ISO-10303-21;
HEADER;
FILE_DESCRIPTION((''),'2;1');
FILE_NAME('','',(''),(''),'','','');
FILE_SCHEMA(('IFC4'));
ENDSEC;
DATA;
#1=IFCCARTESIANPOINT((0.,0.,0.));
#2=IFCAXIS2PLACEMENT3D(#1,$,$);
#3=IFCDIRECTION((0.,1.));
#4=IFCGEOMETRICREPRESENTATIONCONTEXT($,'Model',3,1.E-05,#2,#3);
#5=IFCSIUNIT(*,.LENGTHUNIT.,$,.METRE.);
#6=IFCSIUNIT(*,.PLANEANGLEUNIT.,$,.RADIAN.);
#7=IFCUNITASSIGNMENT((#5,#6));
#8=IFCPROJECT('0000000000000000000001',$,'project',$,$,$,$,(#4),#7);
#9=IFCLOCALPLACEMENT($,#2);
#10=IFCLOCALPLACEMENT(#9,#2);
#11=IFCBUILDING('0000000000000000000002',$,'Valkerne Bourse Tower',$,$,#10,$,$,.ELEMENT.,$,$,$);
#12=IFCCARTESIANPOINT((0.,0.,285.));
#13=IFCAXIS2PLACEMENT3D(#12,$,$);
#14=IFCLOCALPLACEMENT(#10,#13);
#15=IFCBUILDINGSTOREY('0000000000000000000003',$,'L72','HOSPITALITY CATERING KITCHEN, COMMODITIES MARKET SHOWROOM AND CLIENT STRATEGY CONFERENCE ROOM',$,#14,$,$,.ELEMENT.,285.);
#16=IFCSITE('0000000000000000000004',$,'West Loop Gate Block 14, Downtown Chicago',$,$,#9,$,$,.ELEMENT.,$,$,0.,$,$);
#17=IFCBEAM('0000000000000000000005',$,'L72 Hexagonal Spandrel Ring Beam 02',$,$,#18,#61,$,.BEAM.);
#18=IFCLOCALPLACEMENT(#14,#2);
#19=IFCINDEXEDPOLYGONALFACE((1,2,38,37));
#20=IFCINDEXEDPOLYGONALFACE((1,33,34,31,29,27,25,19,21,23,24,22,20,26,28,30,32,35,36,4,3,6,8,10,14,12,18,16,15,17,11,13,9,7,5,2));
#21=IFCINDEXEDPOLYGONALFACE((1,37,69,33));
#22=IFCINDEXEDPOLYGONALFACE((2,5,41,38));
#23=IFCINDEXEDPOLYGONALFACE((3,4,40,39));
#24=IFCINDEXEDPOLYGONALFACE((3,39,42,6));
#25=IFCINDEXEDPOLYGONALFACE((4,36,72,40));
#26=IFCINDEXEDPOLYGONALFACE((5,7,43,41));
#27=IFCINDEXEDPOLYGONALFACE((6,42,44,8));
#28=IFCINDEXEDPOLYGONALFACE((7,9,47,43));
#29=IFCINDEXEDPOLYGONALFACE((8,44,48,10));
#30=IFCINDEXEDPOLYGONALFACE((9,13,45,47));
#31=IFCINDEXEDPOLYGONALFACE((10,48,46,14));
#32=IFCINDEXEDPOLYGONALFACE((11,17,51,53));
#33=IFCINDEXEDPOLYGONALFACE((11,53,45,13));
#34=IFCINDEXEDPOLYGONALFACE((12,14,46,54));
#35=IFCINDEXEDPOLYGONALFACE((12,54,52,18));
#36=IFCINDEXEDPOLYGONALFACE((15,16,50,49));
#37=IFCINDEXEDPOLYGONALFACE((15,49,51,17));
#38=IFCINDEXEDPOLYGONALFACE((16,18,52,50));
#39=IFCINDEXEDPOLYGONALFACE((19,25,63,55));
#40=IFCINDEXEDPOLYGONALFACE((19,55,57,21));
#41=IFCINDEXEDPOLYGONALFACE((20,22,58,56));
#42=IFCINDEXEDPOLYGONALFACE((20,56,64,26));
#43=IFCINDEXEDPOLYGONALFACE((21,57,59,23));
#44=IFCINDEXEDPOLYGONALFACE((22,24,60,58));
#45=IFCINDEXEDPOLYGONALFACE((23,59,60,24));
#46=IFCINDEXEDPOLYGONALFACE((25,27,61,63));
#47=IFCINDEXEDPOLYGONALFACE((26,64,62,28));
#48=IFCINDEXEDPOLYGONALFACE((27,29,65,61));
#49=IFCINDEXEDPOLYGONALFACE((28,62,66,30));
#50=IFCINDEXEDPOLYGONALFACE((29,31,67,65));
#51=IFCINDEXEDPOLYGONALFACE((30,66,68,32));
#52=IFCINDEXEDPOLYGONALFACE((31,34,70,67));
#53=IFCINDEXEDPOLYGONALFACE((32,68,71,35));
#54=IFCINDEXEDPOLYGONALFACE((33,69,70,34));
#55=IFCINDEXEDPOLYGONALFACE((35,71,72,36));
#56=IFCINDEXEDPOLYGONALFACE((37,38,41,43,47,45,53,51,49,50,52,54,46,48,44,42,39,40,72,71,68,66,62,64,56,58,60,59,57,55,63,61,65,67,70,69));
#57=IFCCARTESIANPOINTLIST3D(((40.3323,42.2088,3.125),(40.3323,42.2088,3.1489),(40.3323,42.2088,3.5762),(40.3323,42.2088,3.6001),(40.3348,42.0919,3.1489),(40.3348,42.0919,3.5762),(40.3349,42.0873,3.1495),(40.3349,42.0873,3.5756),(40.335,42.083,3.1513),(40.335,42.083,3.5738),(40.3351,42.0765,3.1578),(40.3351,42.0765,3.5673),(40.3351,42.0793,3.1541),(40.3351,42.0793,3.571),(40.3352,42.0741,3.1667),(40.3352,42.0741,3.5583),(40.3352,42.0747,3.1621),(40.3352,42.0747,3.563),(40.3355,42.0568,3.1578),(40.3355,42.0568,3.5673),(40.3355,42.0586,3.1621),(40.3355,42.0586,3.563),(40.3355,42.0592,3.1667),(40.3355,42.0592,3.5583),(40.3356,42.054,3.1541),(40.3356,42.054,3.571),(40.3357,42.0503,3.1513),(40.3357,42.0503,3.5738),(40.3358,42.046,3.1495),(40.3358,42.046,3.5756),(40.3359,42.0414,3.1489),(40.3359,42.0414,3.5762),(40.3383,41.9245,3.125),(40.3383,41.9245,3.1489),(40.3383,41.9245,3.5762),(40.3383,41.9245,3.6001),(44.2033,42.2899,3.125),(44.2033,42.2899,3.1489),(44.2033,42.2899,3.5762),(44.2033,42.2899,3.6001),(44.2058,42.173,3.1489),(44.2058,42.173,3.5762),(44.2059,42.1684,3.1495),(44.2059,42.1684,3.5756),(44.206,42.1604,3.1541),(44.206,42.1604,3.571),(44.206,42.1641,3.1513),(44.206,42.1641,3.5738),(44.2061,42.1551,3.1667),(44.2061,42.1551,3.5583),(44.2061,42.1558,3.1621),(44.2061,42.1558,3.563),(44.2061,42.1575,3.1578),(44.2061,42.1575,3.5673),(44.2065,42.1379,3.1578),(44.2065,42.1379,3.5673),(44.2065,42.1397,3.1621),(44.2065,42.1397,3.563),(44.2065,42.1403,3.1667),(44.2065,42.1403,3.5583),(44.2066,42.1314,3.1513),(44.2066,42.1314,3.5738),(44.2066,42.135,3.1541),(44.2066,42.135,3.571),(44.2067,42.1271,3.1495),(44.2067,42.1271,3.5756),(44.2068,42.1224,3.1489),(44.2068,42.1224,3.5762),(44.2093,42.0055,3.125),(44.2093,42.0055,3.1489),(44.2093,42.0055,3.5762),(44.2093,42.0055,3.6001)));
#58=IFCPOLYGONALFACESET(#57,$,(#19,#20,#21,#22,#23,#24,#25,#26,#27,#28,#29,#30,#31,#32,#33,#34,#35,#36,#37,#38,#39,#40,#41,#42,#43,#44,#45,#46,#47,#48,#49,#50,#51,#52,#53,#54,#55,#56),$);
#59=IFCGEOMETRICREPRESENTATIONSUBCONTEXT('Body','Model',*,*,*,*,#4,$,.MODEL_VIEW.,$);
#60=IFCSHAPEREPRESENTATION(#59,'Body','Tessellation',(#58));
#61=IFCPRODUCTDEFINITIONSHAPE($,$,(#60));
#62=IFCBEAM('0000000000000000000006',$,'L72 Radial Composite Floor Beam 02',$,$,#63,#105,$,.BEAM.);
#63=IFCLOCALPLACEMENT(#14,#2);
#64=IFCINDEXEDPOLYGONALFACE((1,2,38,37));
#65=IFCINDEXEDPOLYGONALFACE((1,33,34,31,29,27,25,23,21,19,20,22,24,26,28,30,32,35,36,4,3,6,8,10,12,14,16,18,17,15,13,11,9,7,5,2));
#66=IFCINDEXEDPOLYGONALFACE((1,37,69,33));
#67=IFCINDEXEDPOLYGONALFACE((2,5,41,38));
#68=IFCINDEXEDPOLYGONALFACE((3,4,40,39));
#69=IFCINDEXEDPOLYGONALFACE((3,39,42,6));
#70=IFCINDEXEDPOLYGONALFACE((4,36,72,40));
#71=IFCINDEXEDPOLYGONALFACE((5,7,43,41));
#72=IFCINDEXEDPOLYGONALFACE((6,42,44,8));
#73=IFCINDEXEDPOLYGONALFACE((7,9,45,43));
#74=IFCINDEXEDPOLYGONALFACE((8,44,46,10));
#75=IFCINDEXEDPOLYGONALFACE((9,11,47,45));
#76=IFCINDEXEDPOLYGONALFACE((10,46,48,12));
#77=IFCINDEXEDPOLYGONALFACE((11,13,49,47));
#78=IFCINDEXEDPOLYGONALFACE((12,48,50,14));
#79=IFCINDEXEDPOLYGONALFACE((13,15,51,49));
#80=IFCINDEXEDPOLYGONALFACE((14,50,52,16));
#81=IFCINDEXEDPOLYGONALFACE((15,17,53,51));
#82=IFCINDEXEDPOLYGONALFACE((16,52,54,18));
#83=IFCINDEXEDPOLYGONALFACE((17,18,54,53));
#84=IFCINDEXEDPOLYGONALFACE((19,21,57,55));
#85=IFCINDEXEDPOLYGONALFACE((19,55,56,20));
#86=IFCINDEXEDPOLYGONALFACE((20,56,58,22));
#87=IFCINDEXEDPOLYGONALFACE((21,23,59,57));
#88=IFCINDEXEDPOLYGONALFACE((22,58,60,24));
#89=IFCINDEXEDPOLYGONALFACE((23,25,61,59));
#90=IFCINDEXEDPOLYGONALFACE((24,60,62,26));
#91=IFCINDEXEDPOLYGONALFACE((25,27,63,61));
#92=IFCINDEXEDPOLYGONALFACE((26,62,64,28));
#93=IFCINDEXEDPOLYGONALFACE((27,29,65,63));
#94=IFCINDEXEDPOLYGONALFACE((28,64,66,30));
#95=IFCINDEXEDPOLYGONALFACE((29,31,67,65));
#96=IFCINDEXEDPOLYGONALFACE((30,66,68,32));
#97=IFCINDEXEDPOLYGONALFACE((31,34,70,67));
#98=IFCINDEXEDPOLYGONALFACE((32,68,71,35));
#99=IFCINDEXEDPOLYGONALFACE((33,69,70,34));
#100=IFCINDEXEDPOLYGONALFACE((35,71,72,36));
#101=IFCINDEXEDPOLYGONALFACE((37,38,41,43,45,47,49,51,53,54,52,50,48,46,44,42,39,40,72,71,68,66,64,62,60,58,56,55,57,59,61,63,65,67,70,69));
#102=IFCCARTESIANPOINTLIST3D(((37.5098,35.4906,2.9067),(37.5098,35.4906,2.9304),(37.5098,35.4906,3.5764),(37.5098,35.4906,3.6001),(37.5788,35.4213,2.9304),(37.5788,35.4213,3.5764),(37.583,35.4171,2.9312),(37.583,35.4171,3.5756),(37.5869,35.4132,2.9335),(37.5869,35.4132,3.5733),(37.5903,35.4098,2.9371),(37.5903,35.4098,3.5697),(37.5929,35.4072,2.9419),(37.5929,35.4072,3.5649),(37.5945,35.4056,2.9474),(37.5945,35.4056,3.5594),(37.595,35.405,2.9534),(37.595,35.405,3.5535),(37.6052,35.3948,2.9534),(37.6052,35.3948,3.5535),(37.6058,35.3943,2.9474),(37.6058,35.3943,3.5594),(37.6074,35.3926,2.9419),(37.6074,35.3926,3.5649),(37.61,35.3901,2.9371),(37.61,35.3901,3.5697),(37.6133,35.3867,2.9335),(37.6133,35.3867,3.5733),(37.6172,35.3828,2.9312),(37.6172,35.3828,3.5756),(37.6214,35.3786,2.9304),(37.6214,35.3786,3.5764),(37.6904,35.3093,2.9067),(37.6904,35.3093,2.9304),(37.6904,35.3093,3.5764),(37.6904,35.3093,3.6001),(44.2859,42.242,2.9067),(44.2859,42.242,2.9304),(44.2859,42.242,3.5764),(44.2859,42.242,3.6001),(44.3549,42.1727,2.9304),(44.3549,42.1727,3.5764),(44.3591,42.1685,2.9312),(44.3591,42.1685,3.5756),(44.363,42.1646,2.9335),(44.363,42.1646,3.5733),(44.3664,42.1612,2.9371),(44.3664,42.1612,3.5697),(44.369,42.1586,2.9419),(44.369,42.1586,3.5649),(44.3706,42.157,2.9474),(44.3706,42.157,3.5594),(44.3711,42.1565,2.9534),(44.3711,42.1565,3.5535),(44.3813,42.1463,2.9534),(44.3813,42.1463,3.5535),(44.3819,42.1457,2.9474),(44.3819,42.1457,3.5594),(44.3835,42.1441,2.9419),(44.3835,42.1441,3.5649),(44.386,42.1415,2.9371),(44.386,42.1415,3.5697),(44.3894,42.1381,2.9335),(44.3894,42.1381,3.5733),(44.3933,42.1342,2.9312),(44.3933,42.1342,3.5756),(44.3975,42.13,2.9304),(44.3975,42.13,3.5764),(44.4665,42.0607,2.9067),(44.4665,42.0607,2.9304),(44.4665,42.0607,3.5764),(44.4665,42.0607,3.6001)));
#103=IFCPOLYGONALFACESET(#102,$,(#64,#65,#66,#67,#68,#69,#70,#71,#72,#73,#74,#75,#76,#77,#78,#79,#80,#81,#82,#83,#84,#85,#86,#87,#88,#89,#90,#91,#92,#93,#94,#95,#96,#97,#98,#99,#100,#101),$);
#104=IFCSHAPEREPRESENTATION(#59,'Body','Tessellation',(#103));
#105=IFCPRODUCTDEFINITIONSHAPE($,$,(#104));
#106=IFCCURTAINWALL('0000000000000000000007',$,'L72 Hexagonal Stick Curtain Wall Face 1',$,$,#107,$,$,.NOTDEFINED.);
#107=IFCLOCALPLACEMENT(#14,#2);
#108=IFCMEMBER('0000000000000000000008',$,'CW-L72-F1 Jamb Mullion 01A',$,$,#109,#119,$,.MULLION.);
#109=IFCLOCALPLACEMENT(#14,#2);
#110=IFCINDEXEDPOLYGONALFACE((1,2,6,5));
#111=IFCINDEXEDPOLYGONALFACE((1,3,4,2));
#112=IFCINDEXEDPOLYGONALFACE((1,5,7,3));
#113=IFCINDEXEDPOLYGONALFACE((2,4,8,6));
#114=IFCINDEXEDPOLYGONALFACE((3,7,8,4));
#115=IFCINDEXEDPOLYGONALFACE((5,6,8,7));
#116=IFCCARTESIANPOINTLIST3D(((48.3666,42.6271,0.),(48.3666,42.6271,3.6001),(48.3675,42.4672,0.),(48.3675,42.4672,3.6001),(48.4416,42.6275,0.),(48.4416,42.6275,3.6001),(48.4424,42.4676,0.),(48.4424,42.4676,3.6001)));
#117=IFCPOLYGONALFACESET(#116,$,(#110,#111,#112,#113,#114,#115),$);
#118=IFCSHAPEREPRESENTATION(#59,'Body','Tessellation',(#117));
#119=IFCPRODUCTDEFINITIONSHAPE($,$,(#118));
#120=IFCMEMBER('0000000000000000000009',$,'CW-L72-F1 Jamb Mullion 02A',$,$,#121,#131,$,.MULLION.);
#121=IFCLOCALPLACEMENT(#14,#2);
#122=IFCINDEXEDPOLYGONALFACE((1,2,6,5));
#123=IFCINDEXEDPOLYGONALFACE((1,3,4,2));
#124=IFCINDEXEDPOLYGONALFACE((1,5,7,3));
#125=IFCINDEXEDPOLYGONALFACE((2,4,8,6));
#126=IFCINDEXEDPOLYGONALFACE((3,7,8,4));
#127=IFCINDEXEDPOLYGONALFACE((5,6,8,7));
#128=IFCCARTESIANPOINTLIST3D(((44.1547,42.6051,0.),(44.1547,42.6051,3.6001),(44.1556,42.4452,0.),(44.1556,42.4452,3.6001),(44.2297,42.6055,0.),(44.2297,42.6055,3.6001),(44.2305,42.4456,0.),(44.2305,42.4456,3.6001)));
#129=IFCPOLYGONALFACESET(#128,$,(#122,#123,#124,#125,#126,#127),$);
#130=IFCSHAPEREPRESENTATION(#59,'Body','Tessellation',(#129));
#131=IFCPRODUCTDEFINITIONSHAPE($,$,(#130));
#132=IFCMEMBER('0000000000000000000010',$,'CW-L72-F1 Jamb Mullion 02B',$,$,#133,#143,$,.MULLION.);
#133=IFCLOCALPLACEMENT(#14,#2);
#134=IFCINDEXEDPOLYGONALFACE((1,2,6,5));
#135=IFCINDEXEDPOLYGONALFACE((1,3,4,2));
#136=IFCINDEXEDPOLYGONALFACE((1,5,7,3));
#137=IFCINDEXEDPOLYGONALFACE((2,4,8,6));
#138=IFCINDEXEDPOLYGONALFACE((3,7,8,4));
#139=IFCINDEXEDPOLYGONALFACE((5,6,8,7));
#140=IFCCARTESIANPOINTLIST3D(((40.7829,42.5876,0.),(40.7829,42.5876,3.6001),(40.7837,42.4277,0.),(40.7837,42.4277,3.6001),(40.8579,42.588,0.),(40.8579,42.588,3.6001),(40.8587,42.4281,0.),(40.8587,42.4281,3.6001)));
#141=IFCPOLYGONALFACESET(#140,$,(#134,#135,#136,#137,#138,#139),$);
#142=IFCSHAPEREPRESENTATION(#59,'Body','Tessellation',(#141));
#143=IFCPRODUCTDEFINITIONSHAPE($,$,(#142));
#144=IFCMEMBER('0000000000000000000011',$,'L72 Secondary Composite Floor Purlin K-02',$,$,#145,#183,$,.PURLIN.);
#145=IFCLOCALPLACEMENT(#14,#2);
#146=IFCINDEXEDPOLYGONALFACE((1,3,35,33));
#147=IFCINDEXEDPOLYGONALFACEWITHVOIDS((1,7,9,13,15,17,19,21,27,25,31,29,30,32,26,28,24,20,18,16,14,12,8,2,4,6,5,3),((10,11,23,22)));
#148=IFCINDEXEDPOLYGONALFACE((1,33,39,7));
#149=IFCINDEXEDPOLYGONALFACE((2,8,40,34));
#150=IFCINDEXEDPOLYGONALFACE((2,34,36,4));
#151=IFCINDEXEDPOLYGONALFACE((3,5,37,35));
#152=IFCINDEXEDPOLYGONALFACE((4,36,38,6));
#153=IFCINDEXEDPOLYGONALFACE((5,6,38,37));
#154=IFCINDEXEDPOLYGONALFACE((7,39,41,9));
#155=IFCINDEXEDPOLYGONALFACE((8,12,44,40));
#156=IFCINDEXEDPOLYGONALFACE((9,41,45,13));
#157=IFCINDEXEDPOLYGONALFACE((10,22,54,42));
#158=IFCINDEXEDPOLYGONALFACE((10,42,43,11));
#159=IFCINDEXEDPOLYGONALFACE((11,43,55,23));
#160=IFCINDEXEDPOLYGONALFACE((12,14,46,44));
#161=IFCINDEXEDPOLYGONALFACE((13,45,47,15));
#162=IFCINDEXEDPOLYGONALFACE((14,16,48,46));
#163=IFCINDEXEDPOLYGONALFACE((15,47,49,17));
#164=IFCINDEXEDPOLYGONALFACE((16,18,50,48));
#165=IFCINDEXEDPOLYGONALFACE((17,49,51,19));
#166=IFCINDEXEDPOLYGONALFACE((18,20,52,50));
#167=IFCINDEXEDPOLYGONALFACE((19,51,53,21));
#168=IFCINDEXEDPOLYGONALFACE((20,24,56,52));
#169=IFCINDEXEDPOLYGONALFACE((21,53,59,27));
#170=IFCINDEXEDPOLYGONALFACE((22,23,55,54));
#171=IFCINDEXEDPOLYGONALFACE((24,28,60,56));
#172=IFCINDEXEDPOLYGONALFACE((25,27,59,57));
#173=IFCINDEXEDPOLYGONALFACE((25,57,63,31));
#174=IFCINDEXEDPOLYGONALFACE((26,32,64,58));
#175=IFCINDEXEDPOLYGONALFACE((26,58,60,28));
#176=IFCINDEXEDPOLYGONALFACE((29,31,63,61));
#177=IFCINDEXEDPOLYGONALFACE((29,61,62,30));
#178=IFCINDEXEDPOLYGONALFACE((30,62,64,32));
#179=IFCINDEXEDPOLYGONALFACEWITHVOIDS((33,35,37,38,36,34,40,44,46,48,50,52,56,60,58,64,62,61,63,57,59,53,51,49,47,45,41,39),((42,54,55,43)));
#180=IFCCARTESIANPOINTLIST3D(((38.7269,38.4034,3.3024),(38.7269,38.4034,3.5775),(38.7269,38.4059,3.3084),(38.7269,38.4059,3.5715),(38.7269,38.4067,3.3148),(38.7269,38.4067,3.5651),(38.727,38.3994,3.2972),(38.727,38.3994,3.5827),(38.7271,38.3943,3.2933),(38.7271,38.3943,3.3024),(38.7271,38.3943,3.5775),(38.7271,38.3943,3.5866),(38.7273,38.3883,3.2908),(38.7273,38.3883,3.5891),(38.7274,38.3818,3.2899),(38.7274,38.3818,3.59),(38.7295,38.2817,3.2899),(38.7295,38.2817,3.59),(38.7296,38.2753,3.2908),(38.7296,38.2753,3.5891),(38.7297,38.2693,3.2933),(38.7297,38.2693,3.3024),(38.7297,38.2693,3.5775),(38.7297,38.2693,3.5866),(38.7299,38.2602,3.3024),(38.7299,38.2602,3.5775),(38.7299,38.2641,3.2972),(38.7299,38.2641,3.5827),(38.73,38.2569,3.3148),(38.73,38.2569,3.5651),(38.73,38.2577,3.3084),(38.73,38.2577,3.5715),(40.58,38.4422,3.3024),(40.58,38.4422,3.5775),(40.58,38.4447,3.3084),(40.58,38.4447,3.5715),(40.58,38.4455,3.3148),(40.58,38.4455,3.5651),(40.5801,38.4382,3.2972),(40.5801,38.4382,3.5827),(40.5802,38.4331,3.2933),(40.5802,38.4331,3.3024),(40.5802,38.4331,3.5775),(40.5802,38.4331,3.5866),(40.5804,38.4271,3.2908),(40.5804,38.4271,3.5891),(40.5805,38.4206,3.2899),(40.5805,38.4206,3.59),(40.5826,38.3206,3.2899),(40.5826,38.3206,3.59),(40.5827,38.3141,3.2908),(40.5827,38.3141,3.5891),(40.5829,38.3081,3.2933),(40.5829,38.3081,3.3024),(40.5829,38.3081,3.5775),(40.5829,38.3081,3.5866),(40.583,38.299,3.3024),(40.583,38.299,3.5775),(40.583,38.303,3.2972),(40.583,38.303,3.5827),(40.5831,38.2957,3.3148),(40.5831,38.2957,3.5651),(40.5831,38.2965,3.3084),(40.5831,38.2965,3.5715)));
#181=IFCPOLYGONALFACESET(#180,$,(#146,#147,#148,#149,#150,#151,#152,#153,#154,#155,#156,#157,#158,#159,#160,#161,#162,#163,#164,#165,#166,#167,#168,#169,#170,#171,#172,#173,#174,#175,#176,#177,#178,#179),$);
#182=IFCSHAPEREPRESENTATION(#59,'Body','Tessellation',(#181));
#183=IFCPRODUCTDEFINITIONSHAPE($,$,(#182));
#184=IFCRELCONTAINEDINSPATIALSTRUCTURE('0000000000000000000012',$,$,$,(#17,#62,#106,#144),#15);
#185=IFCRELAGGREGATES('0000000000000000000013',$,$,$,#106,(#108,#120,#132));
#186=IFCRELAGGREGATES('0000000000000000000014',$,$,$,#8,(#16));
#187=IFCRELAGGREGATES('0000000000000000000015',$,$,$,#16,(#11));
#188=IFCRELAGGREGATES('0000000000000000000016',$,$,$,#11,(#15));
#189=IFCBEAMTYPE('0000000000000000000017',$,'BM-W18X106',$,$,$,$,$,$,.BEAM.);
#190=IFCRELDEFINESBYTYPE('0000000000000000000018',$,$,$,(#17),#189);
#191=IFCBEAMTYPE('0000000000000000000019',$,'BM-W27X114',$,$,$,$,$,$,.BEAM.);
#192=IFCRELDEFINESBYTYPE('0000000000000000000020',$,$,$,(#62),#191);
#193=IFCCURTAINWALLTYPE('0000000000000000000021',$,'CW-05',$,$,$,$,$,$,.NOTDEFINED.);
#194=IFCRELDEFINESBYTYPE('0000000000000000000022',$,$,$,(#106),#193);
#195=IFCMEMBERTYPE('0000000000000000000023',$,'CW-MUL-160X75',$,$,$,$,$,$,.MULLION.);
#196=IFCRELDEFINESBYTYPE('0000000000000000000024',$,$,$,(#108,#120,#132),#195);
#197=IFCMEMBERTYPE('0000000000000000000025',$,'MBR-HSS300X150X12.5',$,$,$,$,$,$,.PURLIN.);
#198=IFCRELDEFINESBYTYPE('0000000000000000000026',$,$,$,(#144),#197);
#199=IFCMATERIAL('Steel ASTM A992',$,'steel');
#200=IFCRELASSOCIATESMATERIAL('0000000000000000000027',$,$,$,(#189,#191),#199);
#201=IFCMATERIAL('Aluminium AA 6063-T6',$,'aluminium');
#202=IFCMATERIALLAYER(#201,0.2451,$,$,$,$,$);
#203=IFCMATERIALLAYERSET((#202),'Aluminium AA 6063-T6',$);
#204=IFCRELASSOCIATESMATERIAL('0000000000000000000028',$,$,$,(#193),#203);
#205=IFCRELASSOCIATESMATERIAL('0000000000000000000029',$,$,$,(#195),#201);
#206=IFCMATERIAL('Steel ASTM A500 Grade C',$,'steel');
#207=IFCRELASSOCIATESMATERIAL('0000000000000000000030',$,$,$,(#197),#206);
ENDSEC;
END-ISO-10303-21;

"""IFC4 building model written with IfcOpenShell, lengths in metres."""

from ifc_helpers import new_model, si_unit, direction, frame, origin, origin_2d, place, context, subcontext, project, spatial, rectangle, hollow_rectangle, i_section, extrude, material, layer, layer_set, material_profile, profile_set, type_object, element, aggregate, save


model = new_model("IFC4")

# Units and contexts
model_context = context("Model", 3, precision=1e-05, world=origin(), true_north=direction((0.0, 1.0)))
body_context = subcontext(model_context, "Body", "Model", "MODEL_VIEW")
ifc_project = project(units=[si_unit("LENGTHUNIT", "METRE"), si_unit("PLANEANGLEUNIT", "RADIAN")], contexts=[model_context])

# Site, building, storey
site_placement = place(None, origin())
site = spatial("IfcSite", under=ifc_project, at=site_placement, Name="West Loop Gate Block 14, Downtown Chicago", CompositionType="ELEMENT", RefElevation=0.0)
building_placement = place(site_placement, origin())
building = spatial("IfcBuilding", under=site, at=building_placement, Name="Valkerne Bourse Tower", CompositionType="ELEMENT")
storey_placement = place(building_placement, frame((0.0, 0.0, 285.0)))
storey = spatial("IfcBuildingStorey", under=building, at=storey_placement, Name="L72", Description="HOSPITALITY CATERING KITCHEN, COMMODITIES MARKET SHOWROOM AND CLIENT STRATEGY CONFERENCE ROOM", CompositionType="ELEMENT", Elevation=285.0)

# Beams
ifc_material_1 = material(Name="Steel ASTM A992", Category="steel")
ifc_material_profile_1 = material_profile(ifc_material_1, i_section(OverallWidth=0.2844, OverallDepth=0.4751, WebThickness=0.0149, FlangeThickness=0.0239, FilletRadius=0.0178, at=origin_2d()), Name="W18X106")
ifc_profile_set_1 = profile_set([ifc_material_profile_1], Name="Steel ASTM A992")
beam_type_1 = type_object("IfcBeamType", Name="BM-W18X106", PredefinedType="BEAM", material=ifc_profile_set_1)
for number, where, z_axis, x_axis, name in (
    (1, (44.2063, 42.1477, 3.3625), (-0.999781, -0.020934, 0.0), (0.020934, -0.999781, 0.0), "L72 Hexagonal Spandrel Ring Beam 02"),
):
    element("IfcBeam", number, at=place(storey_placement, frame(where, z_axis=z_axis, x_axis=x_axis)), inside=storey, type_object=beam_type_1, Name=name, PredefinedType="BEAM", context=body_context, shape_type="SweptSolid", body=[
        extrude(i_section(OverallWidth=0.2844, OverallDepth=0.4751, WebThickness=0.0149, FlangeThickness=0.0239, FilletRadius=0.0178, at=origin_2d()), origin(), (0.0, 0.0, 1.0), 3.8718),
    ])
ifc_material_profile_2 = material_profile(ifc_material_1, i_section(OverallWidth=0.2559, OverallDepth=0.6934, WebThickness=0.0144, FlangeThickness=0.0237, FilletRadius=0.0229, at=origin_2d()), Name="W27X114")
ifc_profile_set_2 = profile_set([ifc_material_profile_2], Name="Steel ASTM A992")
beam_type_2 = type_object("IfcBeamType", Name="BM-W27X114", PredefinedType="BEAM", material=ifc_profile_set_2)
beam_placement = place(storey_placement, frame((44.3762, 42.1514, 3.2534), z_axis=(-0.708395, -0.705817, 0.0), x_axis=(0.705817, -0.708395, 0.0)))
element("IfcBeam", 2, at=beam_placement, inside=storey, type_object=beam_type_2, Name="L72 Radial Composite Floor Beam 02", PredefinedType="BEAM", context=body_context, shape_type="SweptSolid", body=[
    extrude(i_section(OverallWidth=0.2559, OverallDepth=0.6934, WebThickness=0.0144, FlangeThickness=0.0237, FilletRadius=0.0229, at=origin_2d()), origin(), (0.0, 0.0, 1.0), 9.5654),
])

# Curtain wall, members
ifc_material_2 = material(Name="Aluminium AA 6063-T6", Category="aluminium")
ifc_layer_1 = layer(ifc_material_2, 0.2451)
ifc_layer_set_1 = layer_set([ifc_layer_1], Name="Aluminium AA 6063-T6")
curtain_wall_type = type_object("IfcCurtainWallType", Name="CW-05", PredefinedType="NOTDEFINED", material=ifc_layer_set_1)
curtain_wall_placement = place(storey_placement, origin())
curtain_wall = element("IfcCurtainWall", 3, at=curtain_wall_placement, inside=storey, type_object=curtain_wall_type, Name="L72 Hexagonal Stick Curtain Wall Face 1", PredefinedType="NOTDEFINED")
ifc_material_profile_3 = material_profile(ifc_material_2, rectangle(XDim=0.075, YDim=0.1599, at=origin_2d()), Name="CWM-75X160")
ifc_profile_set_3 = profile_set([ifc_material_profile_3], Name="Aluminium AA 6063-T6")
member_type_1 = type_object("IfcMemberType", Name="CW-MUL-160X75", PredefinedType="MULLION", material=ifc_profile_set_3)
member_1_placement = place(storey_placement, frame((48.4045, 42.5474, 0.0), z_axis=(0.0, 0.0, 1.0), x_axis=(-0.999986, -0.005247, 0.0)))
member_1 = element("IfcMember", 4, at=member_1_placement, type_object=member_type_1, Name="CW-L72-F1 Jamb Mullion 01A", PredefinedType="MULLION", context=body_context, shape_type="SweptSolid", body=[
    extrude(rectangle(XDim=0.075, YDim=0.1599, at=origin_2d()), origin(), (0.0, 0.0, 1.0), 3.6001),
])
member_2_placement = place(storey_placement, frame((44.1926, 42.5254, 0.0), z_axis=(0.0, 0.0, 1.0), x_axis=(-0.999986, -0.005223, 0.0)))
member_2 = element("IfcMember", 5, at=member_2_placement, type_object=member_type_1, Name="CW-L72-F1 Jamb Mullion 02A", PredefinedType="MULLION", context=body_context, shape_type="SweptSolid", body=[
    extrude(rectangle(XDim=0.075, YDim=0.1599, at=origin_2d()), origin(), (0.0, 0.0, 1.0), 3.6001),
])
member_3_placement = place(storey_placement, frame((40.8208, 42.5078, 0.0), z_axis=(0.0, 0.0, 1.0), x_axis=(-0.999986, -0.005223, 0.0)))
member_3 = element("IfcMember", 6, at=member_3_placement, type_object=member_type_1, Name="CW-L72-F1 Jamb Mullion 02B", PredefinedType="MULLION", context=body_context, shape_type="SweptSolid", body=[
    extrude(rectangle(XDim=0.075, YDim=0.1599, at=origin_2d()), origin(), (0.0, 0.0, 1.0), 3.6001),
])

# Member
ifc_material_3 = material(Name="Steel ASTM A500 Grade C", Category="steel")
ifc_material_profile_4 = material_profile(ifc_material_3, hollow_rectangle(XDim=0.1499, YDim=0.3, WallThickness=0.0125, OuterFilletRadius=0.0249, at=origin_2d()), Name="HSS300X150X12.5")
ifc_profile_set_4 = profile_set([ifc_material_profile_4], Name="Steel ASTM A500 Grade C")
member_type_2 = type_object("IfcMemberType", Name="MBR-HSS300X150X12.5", PredefinedType="PURLIN", material=ifc_profile_set_4)
member_4_placement = place(storey_placement, frame((40.5815, 38.3706, 3.4399), z_axis=(-0.999781, -0.020944, 0.0), x_axis=(0.020944, -0.999781, 0.0)))
element("IfcMember", 7, at=member_4_placement, inside=storey, type_object=member_type_2, Name="L72 Secondary Composite Floor Purlin K-02", PredefinedType="PURLIN", context=body_context, shape_type="SweptSolid", body=[
    extrude(hollow_rectangle(XDim=0.1499, YDim=0.3, WallThickness=0.0125, OuterFilletRadius=0.0249, at=origin_2d()), origin(), (0.0, 0.0, 1.0), 1.8535),
])

aggregate(curtain_wall, [member_1, member_2, member_3])

save(model, "model.ifc")
